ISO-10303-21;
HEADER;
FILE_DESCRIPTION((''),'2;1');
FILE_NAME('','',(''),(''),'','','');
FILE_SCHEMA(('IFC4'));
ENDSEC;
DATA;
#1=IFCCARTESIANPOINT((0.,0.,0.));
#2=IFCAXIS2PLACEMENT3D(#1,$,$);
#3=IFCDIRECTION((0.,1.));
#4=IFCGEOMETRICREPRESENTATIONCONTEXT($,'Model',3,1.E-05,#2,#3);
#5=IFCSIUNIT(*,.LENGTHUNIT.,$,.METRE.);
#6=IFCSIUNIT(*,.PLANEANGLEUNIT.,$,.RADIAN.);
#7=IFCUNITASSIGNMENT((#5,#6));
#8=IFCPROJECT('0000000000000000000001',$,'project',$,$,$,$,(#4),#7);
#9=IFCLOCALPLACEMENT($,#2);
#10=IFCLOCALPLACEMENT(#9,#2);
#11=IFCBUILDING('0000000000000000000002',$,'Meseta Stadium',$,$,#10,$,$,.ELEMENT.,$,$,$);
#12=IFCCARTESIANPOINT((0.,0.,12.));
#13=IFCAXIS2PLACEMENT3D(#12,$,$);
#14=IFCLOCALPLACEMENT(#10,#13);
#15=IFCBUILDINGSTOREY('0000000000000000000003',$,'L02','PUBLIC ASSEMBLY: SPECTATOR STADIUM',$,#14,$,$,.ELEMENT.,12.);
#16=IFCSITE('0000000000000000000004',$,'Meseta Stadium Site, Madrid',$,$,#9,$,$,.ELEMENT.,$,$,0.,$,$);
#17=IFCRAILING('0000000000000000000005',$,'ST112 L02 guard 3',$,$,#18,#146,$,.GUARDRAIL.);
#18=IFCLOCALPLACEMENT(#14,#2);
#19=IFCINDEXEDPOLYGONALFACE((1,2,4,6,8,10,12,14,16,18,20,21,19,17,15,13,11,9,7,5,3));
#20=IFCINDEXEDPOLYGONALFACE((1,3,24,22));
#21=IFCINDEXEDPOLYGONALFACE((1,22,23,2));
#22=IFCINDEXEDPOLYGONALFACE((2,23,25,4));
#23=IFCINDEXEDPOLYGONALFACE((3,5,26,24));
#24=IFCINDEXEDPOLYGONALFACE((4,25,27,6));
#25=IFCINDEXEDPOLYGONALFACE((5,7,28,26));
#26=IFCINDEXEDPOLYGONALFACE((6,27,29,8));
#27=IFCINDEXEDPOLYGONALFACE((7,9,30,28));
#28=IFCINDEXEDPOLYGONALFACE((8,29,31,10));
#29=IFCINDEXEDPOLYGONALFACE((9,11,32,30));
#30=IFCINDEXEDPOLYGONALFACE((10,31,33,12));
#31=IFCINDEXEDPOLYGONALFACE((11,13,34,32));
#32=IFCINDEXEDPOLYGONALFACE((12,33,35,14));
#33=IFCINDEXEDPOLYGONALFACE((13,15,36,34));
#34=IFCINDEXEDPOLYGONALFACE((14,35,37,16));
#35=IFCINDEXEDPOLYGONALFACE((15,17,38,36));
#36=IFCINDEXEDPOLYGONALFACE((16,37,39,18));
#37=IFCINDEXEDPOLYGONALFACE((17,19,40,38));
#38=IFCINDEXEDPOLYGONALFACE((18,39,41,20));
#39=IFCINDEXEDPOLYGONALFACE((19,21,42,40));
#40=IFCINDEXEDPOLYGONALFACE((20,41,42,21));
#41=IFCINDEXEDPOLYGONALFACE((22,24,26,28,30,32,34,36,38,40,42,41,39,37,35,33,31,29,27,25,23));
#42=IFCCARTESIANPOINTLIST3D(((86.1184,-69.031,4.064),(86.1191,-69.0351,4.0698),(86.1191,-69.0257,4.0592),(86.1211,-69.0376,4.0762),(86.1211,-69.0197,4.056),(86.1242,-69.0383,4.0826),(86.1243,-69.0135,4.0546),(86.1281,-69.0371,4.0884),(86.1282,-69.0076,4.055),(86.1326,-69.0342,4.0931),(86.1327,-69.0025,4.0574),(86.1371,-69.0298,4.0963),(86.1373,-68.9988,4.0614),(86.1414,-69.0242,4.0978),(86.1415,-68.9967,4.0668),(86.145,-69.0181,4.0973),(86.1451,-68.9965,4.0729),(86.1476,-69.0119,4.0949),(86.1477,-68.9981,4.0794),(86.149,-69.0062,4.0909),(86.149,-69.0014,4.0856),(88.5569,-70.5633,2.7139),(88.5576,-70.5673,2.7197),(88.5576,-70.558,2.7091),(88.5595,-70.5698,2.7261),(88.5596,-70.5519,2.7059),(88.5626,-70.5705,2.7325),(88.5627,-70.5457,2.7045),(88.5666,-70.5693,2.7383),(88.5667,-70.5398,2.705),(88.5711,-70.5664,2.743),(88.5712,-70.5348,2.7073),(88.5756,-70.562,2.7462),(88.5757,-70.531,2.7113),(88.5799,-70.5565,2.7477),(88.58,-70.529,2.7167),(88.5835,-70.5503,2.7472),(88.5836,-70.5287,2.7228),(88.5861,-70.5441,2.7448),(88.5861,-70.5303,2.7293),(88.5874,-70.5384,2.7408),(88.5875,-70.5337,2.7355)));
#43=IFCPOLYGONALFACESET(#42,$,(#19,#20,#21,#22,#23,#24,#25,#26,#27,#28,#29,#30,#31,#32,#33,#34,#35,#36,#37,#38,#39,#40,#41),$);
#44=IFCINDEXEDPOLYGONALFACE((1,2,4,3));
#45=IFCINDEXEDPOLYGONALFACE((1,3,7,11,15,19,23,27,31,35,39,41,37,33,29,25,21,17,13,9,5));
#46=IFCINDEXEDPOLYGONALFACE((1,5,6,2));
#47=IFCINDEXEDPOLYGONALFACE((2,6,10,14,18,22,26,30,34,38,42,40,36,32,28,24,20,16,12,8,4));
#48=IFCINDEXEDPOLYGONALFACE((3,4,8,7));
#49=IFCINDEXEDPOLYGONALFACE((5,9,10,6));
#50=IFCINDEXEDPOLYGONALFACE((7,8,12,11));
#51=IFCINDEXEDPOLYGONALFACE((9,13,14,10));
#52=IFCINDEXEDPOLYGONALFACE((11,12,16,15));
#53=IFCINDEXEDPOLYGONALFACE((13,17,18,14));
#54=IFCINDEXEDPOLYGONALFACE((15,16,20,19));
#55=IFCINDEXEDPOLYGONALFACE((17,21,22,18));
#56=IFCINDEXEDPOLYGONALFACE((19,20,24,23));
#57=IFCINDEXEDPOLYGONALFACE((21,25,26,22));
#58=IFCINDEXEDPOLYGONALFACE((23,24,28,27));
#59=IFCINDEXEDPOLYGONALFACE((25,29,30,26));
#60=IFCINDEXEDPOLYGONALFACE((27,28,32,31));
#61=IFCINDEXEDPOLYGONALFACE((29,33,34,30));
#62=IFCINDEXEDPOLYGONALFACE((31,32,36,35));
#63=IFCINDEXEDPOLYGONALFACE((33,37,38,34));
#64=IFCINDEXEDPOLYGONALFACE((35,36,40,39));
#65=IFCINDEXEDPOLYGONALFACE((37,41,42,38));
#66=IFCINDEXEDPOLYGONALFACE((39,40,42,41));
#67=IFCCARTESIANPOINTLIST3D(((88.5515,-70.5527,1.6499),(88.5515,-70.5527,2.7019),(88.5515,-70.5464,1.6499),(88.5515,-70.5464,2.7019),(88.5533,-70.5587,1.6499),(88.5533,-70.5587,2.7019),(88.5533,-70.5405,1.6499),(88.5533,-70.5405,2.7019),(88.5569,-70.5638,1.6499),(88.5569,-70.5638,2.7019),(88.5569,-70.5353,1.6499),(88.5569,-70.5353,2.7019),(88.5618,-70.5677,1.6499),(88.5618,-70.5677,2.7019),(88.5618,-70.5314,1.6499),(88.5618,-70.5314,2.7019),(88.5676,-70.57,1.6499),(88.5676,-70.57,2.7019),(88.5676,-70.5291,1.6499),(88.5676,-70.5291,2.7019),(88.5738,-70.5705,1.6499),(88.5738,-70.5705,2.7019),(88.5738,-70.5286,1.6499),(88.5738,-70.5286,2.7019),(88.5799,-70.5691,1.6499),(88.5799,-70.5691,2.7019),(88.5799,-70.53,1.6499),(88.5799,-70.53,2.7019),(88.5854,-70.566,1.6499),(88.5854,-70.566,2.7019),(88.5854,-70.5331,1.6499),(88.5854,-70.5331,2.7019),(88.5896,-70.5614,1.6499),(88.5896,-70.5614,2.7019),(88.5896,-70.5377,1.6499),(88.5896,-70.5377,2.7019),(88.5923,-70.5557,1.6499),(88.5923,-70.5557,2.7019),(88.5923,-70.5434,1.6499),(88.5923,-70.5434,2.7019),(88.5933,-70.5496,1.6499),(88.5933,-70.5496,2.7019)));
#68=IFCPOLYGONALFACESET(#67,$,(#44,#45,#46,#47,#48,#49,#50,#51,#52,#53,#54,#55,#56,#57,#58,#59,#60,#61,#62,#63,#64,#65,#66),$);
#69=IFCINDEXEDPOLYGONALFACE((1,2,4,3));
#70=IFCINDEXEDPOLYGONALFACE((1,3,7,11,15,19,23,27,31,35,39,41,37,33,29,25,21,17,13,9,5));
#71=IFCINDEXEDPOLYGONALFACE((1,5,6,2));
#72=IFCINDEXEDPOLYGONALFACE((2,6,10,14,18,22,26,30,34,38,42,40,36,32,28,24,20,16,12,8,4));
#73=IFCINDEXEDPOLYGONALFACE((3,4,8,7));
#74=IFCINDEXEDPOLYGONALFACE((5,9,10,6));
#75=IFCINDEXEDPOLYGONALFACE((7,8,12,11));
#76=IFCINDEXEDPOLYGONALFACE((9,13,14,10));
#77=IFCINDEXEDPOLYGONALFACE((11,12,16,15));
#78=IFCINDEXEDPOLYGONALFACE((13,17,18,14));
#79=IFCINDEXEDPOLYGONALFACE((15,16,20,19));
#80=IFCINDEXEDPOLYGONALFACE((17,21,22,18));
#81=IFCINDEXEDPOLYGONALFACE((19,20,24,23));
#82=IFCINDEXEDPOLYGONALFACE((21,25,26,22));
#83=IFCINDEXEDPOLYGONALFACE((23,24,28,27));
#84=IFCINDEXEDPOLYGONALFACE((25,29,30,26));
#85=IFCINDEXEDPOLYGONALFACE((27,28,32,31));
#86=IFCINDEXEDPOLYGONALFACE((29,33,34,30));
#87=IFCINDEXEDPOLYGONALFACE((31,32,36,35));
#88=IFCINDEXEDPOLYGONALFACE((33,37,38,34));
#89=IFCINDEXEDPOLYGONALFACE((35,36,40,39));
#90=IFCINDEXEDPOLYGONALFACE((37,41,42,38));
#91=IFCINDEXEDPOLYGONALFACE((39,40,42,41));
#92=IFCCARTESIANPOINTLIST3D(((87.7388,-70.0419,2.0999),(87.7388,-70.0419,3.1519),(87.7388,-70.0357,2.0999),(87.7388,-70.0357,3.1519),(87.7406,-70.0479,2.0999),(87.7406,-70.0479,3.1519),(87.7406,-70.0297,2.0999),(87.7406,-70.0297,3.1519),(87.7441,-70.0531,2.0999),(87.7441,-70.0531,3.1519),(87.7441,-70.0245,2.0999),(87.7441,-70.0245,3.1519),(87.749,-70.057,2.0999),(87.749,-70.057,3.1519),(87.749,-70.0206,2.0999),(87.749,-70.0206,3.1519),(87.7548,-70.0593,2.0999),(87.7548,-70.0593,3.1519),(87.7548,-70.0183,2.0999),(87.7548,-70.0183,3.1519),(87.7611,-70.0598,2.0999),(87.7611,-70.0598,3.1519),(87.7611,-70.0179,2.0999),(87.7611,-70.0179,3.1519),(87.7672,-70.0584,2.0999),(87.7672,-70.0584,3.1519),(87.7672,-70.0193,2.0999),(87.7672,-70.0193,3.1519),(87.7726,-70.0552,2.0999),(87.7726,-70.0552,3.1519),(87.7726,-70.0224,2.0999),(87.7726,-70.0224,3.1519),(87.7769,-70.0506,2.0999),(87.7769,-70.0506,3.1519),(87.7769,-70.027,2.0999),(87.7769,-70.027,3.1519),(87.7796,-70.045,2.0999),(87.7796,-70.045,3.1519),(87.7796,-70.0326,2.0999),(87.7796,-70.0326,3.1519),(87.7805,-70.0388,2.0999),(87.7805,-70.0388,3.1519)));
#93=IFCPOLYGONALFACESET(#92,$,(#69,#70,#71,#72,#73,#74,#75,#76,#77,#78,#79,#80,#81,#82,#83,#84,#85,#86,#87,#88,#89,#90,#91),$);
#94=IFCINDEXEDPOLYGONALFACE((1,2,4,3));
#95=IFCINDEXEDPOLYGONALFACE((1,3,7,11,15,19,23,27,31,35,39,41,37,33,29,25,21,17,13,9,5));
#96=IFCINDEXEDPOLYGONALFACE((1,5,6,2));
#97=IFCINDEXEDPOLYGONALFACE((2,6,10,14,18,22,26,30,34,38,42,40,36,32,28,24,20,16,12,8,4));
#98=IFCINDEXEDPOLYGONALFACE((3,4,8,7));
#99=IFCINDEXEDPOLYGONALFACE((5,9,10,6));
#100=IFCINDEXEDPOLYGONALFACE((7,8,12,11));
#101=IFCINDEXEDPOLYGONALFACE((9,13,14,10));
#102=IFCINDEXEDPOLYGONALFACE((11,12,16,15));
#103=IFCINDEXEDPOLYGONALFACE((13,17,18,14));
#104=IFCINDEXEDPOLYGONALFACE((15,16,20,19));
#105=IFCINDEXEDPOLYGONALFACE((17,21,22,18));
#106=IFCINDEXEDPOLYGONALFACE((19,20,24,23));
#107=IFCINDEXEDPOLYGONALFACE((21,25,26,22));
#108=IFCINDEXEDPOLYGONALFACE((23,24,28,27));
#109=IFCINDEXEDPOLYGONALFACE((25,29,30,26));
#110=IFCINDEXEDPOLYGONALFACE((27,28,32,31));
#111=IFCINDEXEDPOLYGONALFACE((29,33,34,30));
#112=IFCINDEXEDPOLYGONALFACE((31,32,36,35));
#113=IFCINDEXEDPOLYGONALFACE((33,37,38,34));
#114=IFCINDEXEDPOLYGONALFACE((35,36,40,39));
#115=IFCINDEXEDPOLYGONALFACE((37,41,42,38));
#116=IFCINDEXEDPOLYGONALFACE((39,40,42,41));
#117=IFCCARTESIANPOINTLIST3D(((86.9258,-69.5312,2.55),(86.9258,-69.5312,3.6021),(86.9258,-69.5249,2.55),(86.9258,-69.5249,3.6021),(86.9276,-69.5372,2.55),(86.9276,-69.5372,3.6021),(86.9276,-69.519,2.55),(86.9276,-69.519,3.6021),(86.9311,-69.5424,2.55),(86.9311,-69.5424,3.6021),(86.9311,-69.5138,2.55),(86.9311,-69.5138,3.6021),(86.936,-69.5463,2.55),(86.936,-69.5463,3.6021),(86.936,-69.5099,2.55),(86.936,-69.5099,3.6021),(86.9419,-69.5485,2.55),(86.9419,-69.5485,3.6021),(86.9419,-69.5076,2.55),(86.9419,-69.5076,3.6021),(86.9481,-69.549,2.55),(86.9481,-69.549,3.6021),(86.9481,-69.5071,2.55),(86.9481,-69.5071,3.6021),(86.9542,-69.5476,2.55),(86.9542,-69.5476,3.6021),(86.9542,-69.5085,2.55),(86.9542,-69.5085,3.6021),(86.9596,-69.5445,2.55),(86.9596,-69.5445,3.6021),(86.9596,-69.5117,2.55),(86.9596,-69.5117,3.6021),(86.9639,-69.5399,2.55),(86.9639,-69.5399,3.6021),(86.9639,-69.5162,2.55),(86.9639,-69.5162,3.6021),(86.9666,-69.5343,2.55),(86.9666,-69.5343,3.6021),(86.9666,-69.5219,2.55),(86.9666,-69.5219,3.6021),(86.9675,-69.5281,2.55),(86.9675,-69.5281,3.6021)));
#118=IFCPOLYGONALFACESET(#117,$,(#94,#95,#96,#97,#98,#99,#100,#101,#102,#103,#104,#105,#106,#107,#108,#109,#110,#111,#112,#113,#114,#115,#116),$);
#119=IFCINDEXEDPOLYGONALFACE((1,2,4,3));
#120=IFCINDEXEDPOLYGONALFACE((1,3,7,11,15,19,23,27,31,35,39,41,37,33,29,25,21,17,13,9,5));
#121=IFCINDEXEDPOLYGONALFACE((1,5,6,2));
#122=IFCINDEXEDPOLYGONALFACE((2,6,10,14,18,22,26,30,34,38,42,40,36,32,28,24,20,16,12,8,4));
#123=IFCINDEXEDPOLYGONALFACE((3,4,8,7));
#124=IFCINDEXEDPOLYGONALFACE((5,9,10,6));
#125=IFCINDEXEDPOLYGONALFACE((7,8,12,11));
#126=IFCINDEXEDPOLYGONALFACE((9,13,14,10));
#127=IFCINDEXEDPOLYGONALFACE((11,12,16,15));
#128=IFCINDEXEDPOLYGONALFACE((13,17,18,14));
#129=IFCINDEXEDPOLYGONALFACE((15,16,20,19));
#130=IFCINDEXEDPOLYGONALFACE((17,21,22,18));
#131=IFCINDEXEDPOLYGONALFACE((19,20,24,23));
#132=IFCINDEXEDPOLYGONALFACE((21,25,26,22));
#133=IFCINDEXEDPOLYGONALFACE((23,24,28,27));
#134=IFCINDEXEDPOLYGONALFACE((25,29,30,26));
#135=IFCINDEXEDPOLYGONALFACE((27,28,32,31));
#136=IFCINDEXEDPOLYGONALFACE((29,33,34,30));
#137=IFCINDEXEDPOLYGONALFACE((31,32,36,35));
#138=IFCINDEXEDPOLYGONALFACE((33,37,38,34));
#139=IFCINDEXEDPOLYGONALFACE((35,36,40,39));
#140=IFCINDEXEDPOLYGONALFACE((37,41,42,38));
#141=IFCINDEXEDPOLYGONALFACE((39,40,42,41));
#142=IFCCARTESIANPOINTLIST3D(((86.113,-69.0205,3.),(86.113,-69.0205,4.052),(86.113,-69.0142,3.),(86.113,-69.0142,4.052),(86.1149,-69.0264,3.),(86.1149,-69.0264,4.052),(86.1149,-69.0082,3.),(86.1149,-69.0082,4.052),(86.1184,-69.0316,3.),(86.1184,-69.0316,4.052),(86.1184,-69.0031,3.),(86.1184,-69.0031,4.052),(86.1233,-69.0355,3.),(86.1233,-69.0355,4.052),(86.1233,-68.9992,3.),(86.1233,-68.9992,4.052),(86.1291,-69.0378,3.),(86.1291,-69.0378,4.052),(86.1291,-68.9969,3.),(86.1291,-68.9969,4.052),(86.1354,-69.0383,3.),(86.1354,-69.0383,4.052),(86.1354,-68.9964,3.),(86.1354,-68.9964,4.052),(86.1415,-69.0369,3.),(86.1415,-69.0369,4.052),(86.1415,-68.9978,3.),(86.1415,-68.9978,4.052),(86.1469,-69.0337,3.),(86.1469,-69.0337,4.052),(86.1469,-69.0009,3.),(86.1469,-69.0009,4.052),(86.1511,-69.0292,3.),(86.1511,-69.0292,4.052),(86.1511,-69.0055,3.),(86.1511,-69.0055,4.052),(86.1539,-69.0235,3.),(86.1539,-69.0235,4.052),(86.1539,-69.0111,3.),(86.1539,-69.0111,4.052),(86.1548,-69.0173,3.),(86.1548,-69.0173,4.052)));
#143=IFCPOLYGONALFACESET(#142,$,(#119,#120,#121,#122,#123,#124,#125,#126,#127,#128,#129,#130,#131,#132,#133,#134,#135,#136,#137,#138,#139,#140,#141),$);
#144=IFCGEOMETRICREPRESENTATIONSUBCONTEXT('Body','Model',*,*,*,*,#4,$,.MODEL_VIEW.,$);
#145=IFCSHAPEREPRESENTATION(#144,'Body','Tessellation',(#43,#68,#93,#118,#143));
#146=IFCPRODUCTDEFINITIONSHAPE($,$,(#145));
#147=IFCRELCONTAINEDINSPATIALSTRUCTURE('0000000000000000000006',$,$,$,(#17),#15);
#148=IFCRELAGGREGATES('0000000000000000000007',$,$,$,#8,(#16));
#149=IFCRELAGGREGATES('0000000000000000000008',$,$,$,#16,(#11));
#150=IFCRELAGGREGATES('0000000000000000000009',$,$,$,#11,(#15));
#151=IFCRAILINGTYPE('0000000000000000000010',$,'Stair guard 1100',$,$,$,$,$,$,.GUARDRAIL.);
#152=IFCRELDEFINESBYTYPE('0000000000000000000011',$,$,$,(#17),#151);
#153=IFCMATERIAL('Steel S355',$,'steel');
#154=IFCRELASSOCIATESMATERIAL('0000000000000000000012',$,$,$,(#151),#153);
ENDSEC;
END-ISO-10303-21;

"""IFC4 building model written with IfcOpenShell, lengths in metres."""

from ifc_helpers import new_model, si_unit, direction, frame, origin, origin_2d, place, context, subcontext, project, spatial, circle, extrude, material, type_object, element, save


model = new_model("IFC4")

# Units and contexts
model_context = context("Model", 3, precision=1e-05, world=origin(), true_north=direction((0.0, 1.0)))
body_context = subcontext(model_context, "Body", "Model", "MODEL_VIEW")
ifc_project = project(units=[si_unit("LENGTHUNIT", "METRE"), si_unit("PLANEANGLEUNIT", "RADIAN")], contexts=[model_context])

# Site, building, storey
site_placement = place(None, origin())
site = spatial("IfcSite", under=ifc_project, at=site_placement, Name="Meseta Stadium Site, Madrid", CompositionType="ELEMENT", RefElevation=0.0)
building_placement = place(site_placement, origin())
building = spatial("IfcBuilding", under=site, at=building_placement, Name="Meseta Stadium", CompositionType="ELEMENT")
storey_placement = place(building_placement, frame((0.0, 0.0, 12.0)))
storey = spatial("IfcBuildingStorey", under=building, at=storey_placement, Name="L02", Description="PUBLIC ASSEMBLY: SPECTATOR STADIUM", CompositionType="ELEMENT", Elevation=12.0)

# Railing
ifc_material_1 = material(Name="Steel S355", Category="steel")
railing_type_1 = type_object("IfcRailingType", Name="Stair guard 1100", PredefinedType="GUARDRAIL", material=ifc_material_1)
railing_1_placement = place(storey_placement, frame((88.5723, -70.5496, 1.6499)))
element("IfcRailing", 1, at=railing_1_placement, inside=storey, type_object=railing_type_1, Name="ST112 L02 guard 3", PredefinedType="GUARDRAIL", context=body_context, shape_type="SweptSolid", body=[
    extrude(circle(Radius=0.0239, at=origin_2d()), frame((0.0, 0.0, 1.0762), z_axis=(-0.766655, 0.481731, 0.42447), x_axis=(-0.53204, -0.846719, 0.0)), (0.0, 0.0, 1.0), 3.1807),
    extrude(circle(Radius=0.021, at=origin_2d()), origin(), (0.0, 0.0, 1.0), 1.052),
    extrude(circle(Radius=0.021, at=origin_2d()), frame((-0.8127, 0.5107, 0.45)), (0.0, 0.0, 1.0), 1.052),
    extrude(circle(Radius=0.021, at=origin_2d()), frame((-1.6257, 1.0215, 0.9001)), (0.0, 0.0, 1.0), 1.052),
    extrude(circle(Radius=0.021, at=origin_2d()), frame((-2.4385, 1.5322, 1.3501)), (0.0, 0.0, 1.0), 1.052),
])

save(model, "model.ifc")
